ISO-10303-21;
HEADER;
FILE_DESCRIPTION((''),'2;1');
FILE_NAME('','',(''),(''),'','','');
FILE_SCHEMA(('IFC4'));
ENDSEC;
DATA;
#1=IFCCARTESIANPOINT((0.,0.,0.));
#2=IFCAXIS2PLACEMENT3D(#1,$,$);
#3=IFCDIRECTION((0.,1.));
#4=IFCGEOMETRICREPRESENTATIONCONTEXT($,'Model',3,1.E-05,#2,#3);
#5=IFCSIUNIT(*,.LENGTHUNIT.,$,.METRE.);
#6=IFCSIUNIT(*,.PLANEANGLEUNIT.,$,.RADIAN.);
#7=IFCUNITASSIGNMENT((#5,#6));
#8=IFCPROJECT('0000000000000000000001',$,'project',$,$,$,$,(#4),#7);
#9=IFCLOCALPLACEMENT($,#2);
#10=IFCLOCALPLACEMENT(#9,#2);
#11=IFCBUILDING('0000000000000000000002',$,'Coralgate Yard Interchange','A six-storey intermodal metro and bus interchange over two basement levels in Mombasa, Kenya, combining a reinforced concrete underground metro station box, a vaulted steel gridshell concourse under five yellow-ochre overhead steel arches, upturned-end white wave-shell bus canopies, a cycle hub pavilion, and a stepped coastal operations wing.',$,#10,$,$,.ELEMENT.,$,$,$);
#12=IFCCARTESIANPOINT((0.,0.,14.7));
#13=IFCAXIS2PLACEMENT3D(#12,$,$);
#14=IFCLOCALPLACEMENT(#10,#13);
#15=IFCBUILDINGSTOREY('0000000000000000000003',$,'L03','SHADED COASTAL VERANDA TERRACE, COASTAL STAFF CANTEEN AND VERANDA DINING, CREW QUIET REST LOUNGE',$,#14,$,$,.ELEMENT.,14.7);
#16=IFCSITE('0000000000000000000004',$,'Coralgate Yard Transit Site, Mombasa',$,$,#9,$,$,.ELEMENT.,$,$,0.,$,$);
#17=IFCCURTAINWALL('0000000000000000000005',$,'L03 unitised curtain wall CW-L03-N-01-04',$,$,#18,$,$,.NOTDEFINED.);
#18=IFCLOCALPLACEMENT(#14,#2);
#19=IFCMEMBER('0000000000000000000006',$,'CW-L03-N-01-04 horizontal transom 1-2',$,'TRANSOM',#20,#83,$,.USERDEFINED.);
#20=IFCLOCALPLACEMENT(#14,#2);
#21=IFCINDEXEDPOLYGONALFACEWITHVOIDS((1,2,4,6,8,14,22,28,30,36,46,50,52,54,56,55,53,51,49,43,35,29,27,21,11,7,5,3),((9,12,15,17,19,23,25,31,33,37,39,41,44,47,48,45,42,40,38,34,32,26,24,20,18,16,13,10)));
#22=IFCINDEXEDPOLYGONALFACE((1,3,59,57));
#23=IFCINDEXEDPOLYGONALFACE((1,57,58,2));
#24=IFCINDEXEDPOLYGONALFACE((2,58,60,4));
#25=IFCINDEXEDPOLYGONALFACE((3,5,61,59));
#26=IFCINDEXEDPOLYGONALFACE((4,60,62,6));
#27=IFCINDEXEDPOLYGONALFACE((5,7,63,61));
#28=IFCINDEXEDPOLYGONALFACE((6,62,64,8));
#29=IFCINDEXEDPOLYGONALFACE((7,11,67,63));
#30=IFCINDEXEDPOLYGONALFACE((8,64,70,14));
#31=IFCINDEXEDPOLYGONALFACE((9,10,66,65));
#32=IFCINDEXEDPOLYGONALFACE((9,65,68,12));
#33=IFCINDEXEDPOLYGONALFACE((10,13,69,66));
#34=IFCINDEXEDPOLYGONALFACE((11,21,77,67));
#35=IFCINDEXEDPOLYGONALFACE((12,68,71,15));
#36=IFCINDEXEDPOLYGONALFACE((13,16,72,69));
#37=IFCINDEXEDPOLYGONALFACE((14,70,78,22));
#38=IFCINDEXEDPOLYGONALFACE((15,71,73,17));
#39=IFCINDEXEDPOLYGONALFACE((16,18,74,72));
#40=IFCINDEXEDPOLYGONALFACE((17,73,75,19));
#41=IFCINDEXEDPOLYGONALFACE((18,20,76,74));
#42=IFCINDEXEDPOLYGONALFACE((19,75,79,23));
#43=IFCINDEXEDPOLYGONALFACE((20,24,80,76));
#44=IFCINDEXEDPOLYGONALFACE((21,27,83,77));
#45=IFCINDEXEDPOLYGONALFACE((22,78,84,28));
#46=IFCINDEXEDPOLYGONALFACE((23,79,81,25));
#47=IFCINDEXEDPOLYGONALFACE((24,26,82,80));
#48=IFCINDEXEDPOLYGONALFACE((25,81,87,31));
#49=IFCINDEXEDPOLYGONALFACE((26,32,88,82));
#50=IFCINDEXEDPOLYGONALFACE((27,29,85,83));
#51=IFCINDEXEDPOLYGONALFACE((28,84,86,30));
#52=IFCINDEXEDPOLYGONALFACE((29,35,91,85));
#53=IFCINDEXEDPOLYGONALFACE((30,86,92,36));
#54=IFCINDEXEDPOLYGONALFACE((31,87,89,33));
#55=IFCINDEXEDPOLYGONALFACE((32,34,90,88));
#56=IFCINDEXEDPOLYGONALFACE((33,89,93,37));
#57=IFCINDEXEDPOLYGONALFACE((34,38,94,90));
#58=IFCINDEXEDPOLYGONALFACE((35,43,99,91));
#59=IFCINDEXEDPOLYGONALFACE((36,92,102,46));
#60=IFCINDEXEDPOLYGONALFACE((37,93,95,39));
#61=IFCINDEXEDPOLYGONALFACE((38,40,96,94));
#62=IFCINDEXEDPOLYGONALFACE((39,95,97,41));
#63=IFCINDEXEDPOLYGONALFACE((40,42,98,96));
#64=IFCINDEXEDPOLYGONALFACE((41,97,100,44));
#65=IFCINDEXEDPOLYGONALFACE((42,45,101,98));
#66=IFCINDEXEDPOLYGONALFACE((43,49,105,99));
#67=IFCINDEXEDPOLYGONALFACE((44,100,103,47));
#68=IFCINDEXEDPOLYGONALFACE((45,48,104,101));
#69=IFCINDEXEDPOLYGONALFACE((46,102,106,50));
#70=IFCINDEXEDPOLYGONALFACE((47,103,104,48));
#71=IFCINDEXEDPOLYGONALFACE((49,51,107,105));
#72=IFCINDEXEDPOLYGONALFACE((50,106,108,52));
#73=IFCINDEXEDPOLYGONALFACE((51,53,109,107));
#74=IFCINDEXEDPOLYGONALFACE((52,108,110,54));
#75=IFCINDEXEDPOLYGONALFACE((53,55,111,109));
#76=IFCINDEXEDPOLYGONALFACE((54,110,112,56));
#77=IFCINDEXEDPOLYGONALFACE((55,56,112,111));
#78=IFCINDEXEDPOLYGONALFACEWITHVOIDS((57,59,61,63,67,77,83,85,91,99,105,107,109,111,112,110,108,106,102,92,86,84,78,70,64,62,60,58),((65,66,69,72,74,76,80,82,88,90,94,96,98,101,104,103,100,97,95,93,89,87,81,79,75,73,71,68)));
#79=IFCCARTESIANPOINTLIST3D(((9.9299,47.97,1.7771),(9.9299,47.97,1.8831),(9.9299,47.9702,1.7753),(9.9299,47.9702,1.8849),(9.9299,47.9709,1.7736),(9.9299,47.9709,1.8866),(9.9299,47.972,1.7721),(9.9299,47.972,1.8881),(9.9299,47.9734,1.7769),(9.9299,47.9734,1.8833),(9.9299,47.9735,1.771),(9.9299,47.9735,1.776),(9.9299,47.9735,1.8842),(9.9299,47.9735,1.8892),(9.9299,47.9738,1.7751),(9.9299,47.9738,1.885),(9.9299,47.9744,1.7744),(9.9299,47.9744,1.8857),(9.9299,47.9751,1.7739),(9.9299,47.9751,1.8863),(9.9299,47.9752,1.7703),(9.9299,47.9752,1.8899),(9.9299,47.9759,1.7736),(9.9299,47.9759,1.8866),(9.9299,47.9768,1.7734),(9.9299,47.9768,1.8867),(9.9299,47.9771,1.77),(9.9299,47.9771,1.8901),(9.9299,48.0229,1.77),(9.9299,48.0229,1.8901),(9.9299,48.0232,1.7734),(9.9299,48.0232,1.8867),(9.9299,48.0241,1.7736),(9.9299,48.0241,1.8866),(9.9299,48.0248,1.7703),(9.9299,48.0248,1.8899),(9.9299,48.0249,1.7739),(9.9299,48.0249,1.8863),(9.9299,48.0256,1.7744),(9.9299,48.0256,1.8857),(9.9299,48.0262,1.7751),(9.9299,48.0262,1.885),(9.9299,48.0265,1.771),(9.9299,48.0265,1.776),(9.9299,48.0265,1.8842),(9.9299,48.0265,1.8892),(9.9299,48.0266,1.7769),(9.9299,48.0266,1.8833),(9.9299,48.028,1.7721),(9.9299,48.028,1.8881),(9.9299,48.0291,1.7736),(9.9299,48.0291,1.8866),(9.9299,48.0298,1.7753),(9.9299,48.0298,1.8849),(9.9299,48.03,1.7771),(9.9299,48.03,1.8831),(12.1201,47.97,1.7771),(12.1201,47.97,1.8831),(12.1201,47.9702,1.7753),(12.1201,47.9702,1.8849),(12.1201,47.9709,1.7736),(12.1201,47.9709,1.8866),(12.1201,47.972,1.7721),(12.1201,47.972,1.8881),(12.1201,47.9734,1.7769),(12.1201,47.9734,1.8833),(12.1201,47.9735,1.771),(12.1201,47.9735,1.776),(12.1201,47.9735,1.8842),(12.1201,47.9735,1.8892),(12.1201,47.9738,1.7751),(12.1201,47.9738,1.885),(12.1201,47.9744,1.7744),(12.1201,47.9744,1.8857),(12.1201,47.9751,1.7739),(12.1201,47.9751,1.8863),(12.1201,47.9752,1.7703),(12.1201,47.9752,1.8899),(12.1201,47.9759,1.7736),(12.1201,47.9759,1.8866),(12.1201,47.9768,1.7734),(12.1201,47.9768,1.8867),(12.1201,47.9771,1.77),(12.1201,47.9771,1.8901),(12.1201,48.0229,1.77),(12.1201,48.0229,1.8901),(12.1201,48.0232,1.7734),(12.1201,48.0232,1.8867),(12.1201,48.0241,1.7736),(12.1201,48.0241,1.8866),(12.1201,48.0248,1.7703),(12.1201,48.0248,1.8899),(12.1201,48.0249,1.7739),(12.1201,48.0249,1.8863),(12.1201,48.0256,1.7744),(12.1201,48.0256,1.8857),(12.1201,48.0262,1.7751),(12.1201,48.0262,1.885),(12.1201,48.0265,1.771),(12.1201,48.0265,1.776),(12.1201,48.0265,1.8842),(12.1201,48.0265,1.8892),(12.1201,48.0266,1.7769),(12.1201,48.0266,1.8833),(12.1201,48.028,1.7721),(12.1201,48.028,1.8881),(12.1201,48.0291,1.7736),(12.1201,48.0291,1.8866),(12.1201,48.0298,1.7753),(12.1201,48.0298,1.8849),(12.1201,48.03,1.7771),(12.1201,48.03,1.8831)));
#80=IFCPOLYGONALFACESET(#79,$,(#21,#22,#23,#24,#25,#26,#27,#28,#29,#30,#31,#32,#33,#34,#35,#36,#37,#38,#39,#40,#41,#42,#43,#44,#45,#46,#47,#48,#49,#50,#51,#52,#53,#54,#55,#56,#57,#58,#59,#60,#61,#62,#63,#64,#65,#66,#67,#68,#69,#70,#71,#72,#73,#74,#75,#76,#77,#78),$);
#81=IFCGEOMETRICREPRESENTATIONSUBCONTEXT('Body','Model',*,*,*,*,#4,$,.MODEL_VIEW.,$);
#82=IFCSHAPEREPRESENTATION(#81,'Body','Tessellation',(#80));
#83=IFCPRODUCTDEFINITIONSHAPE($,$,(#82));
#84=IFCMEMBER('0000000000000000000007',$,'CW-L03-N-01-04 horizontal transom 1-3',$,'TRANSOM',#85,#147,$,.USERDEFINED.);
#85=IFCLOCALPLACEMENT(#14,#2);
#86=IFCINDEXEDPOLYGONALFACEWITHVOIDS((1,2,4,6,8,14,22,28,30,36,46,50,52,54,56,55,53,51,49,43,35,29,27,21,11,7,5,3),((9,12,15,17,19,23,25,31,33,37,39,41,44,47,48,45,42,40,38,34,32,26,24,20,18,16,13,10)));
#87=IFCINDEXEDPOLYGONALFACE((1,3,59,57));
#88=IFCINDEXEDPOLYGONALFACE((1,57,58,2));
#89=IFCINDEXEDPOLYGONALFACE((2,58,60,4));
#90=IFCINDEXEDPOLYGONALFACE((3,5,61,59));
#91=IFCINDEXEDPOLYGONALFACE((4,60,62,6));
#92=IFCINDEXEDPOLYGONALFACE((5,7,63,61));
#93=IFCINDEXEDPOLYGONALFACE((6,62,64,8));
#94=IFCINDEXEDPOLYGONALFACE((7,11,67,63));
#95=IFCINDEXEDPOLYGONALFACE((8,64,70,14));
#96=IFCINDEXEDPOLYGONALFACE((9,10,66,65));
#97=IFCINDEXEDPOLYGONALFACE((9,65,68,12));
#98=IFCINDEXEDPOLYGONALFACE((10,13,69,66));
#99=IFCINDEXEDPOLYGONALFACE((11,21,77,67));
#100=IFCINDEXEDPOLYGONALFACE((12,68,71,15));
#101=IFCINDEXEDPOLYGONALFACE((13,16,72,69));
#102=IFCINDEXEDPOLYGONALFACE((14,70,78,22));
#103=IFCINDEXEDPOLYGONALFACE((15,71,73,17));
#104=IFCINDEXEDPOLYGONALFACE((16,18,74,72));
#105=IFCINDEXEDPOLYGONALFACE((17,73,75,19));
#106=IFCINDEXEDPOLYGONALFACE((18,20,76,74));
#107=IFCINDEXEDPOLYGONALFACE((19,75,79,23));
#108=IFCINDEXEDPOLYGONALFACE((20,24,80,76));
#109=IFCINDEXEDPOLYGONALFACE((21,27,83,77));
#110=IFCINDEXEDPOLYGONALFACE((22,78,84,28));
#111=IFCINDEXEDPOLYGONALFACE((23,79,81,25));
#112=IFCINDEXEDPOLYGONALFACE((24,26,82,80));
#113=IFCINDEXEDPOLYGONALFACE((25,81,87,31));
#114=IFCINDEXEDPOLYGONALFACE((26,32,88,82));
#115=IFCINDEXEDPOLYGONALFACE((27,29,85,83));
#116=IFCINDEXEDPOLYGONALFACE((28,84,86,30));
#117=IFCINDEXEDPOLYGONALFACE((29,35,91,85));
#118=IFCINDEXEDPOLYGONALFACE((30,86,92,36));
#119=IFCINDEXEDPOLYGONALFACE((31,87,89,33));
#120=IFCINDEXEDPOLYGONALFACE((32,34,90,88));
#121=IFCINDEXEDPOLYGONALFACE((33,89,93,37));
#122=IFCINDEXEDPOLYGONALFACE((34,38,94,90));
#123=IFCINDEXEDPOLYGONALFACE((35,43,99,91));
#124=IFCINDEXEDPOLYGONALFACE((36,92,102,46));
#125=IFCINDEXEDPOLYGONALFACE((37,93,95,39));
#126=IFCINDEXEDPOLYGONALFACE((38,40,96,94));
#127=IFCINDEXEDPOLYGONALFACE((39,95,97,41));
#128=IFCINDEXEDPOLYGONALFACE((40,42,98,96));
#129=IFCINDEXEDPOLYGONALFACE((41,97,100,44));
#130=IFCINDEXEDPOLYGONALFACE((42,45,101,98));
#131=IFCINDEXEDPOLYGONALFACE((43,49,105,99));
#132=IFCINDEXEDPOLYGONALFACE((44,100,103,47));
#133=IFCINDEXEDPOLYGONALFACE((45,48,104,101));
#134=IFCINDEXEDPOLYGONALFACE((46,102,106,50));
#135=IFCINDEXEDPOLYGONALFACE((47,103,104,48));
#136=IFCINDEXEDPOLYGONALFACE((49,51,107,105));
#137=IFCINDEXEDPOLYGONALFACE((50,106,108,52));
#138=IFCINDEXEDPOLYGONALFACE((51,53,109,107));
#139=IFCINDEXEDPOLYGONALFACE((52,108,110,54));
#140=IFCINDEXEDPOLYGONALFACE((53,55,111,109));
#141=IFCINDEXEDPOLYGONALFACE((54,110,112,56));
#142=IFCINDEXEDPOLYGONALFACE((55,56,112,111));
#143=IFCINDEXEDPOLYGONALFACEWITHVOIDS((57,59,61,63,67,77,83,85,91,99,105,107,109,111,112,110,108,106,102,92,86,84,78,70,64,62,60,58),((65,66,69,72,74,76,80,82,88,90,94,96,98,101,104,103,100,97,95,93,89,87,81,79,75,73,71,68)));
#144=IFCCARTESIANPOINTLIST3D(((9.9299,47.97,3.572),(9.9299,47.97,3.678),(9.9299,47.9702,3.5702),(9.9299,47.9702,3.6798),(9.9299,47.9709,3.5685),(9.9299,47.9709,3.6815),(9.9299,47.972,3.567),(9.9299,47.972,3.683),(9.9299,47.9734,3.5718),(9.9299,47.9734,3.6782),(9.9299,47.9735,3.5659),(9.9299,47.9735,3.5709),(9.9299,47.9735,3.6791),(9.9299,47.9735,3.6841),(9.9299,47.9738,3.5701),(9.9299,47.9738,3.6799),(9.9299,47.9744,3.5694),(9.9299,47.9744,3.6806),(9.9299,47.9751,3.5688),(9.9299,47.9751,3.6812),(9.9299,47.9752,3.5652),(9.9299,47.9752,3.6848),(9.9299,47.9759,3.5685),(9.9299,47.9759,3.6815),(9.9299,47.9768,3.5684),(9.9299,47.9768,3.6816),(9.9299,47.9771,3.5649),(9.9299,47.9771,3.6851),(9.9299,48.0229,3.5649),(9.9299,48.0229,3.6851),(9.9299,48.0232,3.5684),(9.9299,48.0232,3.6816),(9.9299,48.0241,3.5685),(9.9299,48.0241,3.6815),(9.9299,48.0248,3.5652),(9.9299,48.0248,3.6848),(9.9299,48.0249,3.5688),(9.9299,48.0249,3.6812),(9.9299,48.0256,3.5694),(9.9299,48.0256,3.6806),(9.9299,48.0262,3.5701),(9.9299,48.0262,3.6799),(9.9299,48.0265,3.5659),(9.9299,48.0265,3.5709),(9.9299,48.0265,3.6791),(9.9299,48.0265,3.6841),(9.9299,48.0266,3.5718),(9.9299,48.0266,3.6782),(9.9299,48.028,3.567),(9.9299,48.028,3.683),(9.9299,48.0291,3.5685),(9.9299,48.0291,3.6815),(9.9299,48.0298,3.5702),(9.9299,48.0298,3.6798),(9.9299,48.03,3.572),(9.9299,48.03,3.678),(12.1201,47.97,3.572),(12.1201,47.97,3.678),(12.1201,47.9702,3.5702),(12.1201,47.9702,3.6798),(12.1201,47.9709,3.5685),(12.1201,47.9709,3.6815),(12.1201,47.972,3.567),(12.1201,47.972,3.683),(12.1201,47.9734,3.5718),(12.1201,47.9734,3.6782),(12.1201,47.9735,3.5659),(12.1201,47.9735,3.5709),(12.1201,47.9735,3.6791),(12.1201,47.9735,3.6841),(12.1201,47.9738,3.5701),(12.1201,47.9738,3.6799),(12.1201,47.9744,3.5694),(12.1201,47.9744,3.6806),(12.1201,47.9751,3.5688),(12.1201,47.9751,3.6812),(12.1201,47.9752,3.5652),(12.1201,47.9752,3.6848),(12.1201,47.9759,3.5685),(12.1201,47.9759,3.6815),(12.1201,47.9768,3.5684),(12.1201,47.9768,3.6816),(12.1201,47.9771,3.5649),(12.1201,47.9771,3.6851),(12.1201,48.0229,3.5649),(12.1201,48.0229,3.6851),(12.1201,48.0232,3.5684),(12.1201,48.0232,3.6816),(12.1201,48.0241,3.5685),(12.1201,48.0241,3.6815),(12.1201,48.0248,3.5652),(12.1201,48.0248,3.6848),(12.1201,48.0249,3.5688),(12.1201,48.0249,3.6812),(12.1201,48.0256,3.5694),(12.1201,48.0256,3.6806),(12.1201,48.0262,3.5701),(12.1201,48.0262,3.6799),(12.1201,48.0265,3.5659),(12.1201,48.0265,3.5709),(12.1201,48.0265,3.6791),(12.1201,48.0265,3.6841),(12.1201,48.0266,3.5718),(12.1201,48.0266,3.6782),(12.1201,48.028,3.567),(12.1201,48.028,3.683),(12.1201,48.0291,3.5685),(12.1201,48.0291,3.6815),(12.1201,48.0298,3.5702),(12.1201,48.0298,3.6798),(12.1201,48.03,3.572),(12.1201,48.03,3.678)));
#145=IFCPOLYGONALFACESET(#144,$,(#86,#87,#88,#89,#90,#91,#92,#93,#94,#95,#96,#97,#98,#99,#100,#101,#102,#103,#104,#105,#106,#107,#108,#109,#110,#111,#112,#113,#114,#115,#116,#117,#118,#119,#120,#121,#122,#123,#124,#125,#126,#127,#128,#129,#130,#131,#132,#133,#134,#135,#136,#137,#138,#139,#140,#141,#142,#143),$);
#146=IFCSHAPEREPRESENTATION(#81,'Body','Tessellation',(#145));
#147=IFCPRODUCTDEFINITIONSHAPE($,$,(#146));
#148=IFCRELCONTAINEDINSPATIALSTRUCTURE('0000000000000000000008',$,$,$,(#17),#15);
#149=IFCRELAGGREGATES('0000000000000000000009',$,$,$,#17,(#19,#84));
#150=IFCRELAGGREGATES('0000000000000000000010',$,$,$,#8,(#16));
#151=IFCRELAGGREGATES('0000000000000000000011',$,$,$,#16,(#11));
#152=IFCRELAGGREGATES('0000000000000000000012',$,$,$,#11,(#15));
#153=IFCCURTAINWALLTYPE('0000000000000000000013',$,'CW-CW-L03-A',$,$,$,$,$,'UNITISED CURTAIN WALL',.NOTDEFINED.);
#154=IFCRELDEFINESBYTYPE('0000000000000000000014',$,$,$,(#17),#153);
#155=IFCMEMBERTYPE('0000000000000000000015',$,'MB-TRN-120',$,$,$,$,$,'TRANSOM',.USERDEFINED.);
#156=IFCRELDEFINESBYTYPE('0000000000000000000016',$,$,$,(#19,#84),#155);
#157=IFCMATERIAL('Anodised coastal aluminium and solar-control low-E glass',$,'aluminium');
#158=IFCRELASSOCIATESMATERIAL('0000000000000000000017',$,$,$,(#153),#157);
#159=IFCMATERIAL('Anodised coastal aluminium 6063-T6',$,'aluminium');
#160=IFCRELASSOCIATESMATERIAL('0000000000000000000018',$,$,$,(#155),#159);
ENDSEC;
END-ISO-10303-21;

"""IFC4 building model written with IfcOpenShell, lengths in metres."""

from ifc_helpers import new_model, si_unit, direction, frame, origin, origin_2d, place, context, subcontext, project, spatial, hollow_rectangle, extrude, material, material_profile, profile_set, type_object, element, aggregate, save


model = new_model("IFC4")

# Units and contexts
model_context = context("Model", 3, precision=1e-05, world=origin(), true_north=direction((0.0, 1.0)))
body_context = subcontext(model_context, "Body", "Model", "MODEL_VIEW")
ifc_project = project(units=[si_unit("LENGTHUNIT", "METRE"), si_unit("PLANEANGLEUNIT", "RADIAN")], contexts=[model_context])

# Site, building, storey
site_placement = place(None, origin())
site = spatial("IfcSite", under=ifc_project, at=site_placement, Name="Coralgate Yard Transit Site, Mombasa", CompositionType="ELEMENT", RefElevation=0.0)
building_placement = place(site_placement, origin())
building = spatial("IfcBuilding", under=site, at=building_placement, Name="Coralgate Yard Interchange", Description="A six-storey intermodal metro and bus interchange over two basement levels in Mombasa, Kenya, combining a reinforced concrete underground metro station box, a vaulted steel gridshell concourse under five yellow-ochre overhead steel arches, upturned-end white wave-shell bus canopies, a cycle hub pavilion, and a stepped coastal operations wing.", CompositionType="ELEMENT")
storey_placement = place(building_placement, frame((0.0, 0.0, 14.7)))
storey = spatial("IfcBuildingStorey", under=building, at=storey_placement, Name="L03", Description="SHADED COASTAL VERANDA TERRACE, COASTAL STAFF CANTEEN AND VERANDA DINING, CREW QUIET REST LOUNGE", CompositionType="ELEMENT", Elevation=14.7)

# Curtain wall, members
ifc_material_1 = material(Name="Anodised coastal aluminium and solar-control low-E glass", Category="aluminium")
curtain_wall_type = type_object("IfcCurtainWallType", Name="CW-CW-L03-A", ElementType="UNITISED CURTAIN WALL", PredefinedType="NOTDEFINED", material=ifc_material_1)
curtain_wall_placement = place(storey_placement, origin())
curtain_wall = element("IfcCurtainWall", 1, at=curtain_wall_placement, inside=storey, type_object=curtain_wall_type, Name="L03 unitised curtain wall CW-L03-N-01-04", PredefinedType="NOTDEFINED")
ifc_material_2 = material(Name="Anodised coastal aluminium 6063-T6", Category="aluminium")
ifc_material_profile_1 = material_profile(ifc_material_2, hollow_rectangle(XDim=0.0601, YDim=0.1201, WallThickness=0.0034, InnerFilletRadius=0.0034, OuterFilletRadius=0.0071, at=origin_2d()), Name="ALU 60x120x3.5")
ifc_profile_set_1 = profile_set([ifc_material_profile_1], Name="Anodised coastal aluminium 6063-T6")
member_type_1 = type_object("IfcMemberType", Name="MB-TRN-120", ElementType="TRANSOM", PredefinedType="USERDEFINED", material=ifc_profile_set_1)
member_1_placement = place(storey_placement, frame((9.9299, 48.0, 1.8301), z_axis=(1.0, 0.0, 0.0), x_axis=(0.0, 1.0, 0.0)))
member_1 = element("IfcMember", 2, at=member_1_placement, type_object=member_type_1, Name="CW-L03-N-01-04 horizontal transom 1-2", ObjectType="TRANSOM", PredefinedType="USERDEFINED", context=body_context, shape_type="SweptSolid", body=[
    extrude(hollow_rectangle(XDim=0.0601, YDim=0.1201, WallThickness=0.0034, InnerFilletRadius=0.0034, OuterFilletRadius=0.0071, at=origin_2d()), origin(), (0.0, 0.0, 1.0), 2.1902),
])
member_2_placement = place(storey_placement, frame((9.9299, 48.0, 3.625), z_axis=(1.0, 0.0, 0.0), x_axis=(0.0, 1.0, 0.0)))
member_2 = element("IfcMember", 3, at=member_2_placement, type_object=member_type_1, Name="CW-L03-N-01-04 horizontal transom 1-3", ObjectType="TRANSOM", PredefinedType="USERDEFINED", context=body_context, shape_type="SweptSolid", body=[
    extrude(hollow_rectangle(XDim=0.0601, YDim=0.1201, WallThickness=0.0034, InnerFilletRadius=0.0034, OuterFilletRadius=0.0071, at=origin_2d()), origin(), (0.0, 0.0, 1.0), 2.1902),
])
aggregate(curtain_wall, [member_1, member_2])

save(model, "model.ifc")
